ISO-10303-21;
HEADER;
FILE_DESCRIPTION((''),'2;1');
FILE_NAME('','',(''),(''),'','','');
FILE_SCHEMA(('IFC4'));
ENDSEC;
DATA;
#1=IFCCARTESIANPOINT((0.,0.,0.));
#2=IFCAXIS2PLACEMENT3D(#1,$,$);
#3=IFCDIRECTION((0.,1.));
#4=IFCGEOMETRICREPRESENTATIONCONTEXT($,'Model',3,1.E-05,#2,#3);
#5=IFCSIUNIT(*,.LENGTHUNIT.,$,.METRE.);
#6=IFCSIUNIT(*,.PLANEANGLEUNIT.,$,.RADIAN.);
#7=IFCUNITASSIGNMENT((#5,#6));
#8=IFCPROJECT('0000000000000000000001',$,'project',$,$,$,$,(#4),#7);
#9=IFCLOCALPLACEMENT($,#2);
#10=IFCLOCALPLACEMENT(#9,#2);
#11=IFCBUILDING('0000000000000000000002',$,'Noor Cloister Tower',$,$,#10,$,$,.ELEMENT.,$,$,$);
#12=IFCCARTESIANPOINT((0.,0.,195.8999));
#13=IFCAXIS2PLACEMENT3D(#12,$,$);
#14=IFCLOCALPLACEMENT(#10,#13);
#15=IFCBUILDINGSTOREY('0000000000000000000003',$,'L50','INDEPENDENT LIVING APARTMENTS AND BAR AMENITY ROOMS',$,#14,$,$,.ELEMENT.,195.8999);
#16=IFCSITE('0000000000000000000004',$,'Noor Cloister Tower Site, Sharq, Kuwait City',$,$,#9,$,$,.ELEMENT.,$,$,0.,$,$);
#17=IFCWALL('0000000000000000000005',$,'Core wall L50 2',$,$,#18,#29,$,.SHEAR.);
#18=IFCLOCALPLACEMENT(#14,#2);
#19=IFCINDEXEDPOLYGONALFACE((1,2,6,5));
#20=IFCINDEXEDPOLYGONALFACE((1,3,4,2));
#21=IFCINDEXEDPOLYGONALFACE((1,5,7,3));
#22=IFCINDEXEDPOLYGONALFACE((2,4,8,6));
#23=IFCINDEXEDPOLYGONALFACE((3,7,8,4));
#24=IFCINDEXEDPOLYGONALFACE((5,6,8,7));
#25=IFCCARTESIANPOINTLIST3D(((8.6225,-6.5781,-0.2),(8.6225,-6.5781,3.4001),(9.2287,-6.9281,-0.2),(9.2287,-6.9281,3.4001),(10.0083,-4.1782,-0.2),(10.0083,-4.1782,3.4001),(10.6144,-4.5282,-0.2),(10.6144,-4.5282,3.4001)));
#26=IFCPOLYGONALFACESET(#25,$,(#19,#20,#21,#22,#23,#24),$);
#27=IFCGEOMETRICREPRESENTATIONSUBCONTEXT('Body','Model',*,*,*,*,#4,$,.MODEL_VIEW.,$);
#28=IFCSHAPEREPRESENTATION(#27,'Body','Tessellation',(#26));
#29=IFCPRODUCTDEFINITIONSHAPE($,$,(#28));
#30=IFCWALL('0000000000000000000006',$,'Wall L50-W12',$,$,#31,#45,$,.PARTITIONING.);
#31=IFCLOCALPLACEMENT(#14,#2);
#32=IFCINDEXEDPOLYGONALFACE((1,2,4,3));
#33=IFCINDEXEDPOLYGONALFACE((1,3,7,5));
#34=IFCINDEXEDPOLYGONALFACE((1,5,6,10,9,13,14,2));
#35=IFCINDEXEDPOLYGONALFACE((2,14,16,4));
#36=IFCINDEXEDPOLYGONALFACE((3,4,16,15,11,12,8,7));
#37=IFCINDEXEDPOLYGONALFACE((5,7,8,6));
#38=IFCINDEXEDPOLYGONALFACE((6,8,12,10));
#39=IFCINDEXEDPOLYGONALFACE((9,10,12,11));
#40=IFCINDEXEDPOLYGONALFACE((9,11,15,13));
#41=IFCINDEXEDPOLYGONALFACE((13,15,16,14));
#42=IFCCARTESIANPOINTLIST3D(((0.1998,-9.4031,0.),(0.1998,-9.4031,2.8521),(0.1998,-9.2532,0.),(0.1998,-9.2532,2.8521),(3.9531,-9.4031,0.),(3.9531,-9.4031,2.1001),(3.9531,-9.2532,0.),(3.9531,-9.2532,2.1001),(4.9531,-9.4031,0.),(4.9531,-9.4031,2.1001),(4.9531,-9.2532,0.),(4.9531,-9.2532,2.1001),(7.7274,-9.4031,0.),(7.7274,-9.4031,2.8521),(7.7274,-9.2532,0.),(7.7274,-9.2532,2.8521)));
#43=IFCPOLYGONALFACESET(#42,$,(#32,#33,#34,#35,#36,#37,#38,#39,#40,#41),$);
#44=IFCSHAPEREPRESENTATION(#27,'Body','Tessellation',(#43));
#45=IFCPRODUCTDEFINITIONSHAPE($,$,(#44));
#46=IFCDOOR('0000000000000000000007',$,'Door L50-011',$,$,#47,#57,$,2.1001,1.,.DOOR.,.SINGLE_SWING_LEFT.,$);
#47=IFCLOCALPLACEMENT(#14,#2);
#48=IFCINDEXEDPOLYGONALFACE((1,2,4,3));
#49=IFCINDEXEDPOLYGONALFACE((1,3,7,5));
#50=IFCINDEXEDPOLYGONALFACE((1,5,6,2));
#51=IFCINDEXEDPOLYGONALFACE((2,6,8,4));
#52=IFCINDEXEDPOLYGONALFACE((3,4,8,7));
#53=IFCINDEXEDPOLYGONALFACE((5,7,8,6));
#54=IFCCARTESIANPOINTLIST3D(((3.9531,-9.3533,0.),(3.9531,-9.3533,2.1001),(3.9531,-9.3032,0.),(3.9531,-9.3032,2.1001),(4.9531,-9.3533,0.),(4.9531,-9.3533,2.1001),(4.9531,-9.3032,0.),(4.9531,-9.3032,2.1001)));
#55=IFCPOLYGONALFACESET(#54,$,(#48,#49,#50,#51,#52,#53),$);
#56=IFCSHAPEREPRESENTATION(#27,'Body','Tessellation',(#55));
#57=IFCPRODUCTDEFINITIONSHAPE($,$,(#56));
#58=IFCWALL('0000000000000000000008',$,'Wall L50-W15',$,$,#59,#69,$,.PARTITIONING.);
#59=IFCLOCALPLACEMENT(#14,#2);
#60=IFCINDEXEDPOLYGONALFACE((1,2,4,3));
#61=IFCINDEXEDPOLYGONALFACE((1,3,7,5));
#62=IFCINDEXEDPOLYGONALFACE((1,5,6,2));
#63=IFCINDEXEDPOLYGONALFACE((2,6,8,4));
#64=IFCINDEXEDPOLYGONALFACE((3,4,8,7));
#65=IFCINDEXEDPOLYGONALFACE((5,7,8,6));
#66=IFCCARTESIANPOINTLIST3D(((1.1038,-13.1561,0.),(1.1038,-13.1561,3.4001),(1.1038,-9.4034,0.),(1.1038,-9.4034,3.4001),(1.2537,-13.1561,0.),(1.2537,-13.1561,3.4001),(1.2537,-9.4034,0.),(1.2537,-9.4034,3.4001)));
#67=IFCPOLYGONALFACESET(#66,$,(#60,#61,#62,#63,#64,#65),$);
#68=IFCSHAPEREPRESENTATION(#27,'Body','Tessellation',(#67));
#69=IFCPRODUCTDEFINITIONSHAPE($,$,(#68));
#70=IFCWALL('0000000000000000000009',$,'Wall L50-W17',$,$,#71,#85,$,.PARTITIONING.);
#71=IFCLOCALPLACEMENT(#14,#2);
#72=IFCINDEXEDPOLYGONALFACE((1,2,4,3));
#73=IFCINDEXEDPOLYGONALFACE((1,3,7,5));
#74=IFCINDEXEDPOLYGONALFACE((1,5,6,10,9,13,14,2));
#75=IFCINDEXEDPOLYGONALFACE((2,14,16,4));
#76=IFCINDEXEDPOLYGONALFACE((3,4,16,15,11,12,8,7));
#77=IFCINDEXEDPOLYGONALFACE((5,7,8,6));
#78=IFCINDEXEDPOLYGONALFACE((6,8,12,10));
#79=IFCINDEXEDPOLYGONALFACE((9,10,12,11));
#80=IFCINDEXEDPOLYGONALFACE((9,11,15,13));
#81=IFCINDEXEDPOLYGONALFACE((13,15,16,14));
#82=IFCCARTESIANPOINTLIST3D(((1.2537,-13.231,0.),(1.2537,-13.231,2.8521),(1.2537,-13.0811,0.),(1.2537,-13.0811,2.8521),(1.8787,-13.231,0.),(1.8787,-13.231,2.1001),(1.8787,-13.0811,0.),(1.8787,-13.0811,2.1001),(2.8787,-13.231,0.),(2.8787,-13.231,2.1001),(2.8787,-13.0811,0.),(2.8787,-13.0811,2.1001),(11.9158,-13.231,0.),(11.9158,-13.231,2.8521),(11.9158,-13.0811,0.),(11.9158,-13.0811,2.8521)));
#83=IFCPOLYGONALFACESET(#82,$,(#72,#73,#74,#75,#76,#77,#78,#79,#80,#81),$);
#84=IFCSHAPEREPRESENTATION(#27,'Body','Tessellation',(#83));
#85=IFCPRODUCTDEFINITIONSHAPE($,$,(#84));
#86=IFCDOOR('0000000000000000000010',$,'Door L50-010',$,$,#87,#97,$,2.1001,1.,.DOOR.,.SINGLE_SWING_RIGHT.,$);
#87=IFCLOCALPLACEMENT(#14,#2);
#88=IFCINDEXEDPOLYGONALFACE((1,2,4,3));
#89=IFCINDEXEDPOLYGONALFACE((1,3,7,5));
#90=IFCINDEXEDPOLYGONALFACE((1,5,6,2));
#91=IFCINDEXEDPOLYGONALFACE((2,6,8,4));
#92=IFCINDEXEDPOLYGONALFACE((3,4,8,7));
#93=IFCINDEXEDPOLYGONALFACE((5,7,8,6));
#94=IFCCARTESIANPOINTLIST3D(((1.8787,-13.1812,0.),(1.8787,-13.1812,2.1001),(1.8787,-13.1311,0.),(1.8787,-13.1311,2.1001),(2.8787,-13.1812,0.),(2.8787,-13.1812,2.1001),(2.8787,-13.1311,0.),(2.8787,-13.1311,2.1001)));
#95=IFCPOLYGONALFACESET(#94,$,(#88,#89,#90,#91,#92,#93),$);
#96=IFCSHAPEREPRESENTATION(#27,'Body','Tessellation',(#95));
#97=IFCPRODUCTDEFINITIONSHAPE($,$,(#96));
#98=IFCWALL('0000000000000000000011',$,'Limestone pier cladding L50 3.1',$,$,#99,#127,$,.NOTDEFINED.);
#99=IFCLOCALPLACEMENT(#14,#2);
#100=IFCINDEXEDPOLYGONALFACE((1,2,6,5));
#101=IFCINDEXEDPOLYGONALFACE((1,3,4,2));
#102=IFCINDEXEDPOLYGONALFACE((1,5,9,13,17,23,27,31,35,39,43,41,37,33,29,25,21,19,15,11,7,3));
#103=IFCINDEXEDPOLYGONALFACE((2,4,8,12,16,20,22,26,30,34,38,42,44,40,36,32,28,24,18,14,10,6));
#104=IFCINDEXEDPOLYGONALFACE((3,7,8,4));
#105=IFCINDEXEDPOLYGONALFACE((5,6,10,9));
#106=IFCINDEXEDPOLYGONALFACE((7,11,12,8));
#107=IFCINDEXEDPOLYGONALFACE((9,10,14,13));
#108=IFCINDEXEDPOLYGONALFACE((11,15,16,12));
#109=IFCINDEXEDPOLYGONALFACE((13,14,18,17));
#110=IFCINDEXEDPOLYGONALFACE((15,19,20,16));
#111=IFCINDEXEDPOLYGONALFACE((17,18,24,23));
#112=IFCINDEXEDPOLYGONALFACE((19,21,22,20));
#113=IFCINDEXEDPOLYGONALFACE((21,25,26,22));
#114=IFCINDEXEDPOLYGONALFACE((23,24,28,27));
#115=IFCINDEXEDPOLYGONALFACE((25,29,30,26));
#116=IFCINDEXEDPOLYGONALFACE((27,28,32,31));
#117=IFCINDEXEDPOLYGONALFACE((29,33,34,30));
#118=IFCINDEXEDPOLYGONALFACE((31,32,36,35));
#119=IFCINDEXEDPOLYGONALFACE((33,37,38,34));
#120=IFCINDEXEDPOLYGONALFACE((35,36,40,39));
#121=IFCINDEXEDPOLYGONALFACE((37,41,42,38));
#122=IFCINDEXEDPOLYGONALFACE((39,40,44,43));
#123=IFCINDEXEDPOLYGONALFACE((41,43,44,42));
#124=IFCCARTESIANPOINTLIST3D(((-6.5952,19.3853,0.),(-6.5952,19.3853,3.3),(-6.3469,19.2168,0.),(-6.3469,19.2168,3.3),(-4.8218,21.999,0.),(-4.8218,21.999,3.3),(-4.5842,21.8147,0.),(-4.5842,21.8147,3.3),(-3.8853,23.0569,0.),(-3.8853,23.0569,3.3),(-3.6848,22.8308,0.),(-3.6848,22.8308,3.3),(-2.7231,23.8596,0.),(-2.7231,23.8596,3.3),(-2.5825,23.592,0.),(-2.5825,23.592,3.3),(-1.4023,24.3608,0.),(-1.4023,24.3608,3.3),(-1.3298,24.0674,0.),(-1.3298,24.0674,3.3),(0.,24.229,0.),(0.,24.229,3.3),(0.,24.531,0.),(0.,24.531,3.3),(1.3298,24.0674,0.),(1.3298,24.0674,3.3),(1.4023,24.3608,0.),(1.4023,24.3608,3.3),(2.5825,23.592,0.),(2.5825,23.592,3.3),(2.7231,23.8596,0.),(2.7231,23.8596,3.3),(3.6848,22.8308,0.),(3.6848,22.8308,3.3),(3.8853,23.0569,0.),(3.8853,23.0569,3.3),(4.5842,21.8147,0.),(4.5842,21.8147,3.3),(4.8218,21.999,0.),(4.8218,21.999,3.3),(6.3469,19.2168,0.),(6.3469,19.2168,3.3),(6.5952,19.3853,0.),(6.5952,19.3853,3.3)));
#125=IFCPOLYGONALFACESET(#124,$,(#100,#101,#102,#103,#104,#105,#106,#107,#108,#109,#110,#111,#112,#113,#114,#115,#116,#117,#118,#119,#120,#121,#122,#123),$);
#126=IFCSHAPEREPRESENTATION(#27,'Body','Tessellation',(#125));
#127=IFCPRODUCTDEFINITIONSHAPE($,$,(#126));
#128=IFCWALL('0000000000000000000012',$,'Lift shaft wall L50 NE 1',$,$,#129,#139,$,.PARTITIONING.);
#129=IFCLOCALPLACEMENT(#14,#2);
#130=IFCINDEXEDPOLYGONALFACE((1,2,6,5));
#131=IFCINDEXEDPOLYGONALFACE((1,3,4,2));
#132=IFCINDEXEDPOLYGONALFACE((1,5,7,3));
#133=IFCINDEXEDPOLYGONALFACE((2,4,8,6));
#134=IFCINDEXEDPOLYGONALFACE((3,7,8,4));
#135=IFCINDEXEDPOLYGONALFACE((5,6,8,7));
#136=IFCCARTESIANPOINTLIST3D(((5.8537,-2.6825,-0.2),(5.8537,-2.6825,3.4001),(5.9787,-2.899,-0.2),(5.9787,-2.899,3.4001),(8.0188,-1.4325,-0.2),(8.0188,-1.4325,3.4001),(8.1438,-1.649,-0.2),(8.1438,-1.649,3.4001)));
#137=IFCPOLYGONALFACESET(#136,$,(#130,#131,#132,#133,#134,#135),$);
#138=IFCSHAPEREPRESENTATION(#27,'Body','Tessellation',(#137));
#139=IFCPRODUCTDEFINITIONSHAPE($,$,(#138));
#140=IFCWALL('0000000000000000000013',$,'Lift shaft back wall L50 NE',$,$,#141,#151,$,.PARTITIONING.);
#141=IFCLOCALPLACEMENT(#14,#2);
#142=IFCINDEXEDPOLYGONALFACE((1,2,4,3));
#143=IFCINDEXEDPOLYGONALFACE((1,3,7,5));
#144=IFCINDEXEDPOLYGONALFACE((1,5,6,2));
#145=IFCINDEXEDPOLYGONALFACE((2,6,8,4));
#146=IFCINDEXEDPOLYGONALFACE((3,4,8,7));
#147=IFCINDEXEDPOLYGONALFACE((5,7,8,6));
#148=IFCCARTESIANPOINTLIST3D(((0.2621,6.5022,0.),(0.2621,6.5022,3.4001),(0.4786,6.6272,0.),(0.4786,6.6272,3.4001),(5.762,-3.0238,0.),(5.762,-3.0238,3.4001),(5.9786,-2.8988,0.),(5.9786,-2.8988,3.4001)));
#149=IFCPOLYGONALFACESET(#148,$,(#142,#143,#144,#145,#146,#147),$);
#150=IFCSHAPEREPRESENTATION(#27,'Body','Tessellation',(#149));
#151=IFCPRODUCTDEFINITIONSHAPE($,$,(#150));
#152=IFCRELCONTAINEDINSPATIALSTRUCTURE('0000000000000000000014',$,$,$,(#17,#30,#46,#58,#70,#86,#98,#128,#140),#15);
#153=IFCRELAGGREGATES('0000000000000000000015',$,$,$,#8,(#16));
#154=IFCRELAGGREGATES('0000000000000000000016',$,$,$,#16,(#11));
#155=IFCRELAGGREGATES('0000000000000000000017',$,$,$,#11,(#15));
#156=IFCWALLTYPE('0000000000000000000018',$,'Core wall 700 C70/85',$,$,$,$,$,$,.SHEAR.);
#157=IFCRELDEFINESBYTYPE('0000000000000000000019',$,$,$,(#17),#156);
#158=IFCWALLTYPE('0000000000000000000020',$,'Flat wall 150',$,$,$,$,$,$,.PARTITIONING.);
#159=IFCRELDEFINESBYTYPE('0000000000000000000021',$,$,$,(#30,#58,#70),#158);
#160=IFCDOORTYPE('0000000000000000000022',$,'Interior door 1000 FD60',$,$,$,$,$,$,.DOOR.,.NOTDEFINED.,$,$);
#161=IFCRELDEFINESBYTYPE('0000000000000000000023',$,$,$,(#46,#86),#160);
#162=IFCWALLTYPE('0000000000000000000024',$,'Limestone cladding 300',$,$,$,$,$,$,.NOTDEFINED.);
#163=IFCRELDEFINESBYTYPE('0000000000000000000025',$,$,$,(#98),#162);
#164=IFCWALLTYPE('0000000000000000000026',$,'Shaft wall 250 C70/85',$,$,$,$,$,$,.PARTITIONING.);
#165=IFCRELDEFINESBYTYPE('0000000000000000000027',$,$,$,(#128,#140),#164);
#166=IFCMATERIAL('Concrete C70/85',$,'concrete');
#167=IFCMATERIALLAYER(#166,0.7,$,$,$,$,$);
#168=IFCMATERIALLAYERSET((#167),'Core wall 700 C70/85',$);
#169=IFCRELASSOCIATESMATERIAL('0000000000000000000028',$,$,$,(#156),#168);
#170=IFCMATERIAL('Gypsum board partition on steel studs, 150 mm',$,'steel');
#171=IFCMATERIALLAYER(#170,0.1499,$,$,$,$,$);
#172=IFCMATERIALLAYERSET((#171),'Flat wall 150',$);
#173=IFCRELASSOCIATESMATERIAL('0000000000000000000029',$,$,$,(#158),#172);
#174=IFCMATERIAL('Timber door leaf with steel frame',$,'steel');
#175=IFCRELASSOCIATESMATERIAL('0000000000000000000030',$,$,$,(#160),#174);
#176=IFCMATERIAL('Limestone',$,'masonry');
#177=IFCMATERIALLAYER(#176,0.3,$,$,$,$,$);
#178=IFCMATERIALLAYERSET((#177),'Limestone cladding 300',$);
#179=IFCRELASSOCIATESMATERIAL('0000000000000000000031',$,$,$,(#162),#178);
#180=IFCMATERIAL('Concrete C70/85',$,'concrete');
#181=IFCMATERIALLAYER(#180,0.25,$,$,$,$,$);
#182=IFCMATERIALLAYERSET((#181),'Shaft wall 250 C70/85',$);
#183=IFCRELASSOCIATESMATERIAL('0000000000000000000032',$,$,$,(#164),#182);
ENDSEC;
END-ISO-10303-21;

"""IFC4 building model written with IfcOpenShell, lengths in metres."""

from ifc_helpers import new_model, si_unit, direction, frame, frame_2d, origin, place, context, subcontext, project, spatial, polyline, rectangle, outline, extrude, material, layer, layer_set, type_object, element, fill, save


model = new_model("IFC4")

# Units and contexts
model_context = context("Model", 3, precision=1e-05, world=origin(), true_north=direction((0.0, 1.0)))
body_context = subcontext(model_context, "Body", "Model", "MODEL_VIEW")
ifc_project = project(units=[si_unit("LENGTHUNIT", "METRE"), si_unit("PLANEANGLEUNIT", "RADIAN")], contexts=[model_context])

# Site, building, storey
site_placement = place(None, origin())
site = spatial("IfcSite", under=ifc_project, at=site_placement, Name="Noor Cloister Tower Site, Sharq, Kuwait City", CompositionType="ELEMENT", RefElevation=0.0)
building_placement = place(site_placement, origin())
building = spatial("IfcBuilding", under=site, at=building_placement, Name="Noor Cloister Tower", CompositionType="ELEMENT")
storey_placement = place(building_placement, frame((0.0, 0.0, 195.8999)))
storey = spatial("IfcBuildingStorey", under=building, at=storey_placement, Name="L50", Description="INDEPENDENT LIVING APARTMENTS AND BAR AMENITY ROOMS", CompositionType="ELEMENT", Elevation=195.8999)

# Wall
ifc_material_1 = material(Name="Concrete C70/85", Category="concrete")
ifc_layer_1 = layer(ifc_material_1, 0.7)
ifc_layer_set_1 = layer_set([ifc_layer_1], Name="Core wall 700 C70/85")
wall_type_1 = type_object("IfcWallType", Name="Core wall 700 C70/85", PredefinedType="SHEAR", material=ifc_layer_set_1)
wall_1_placement = place(storey_placement, frame((8.9255, -6.7532, -0.2), z_axis=(0.0, 0.0, 1.0), x_axis=(0.500043, 0.866001, 0.0)))
element("IfcWall", 1, at=wall_1_placement, inside=storey, type_object=wall_type_1, Name="Core wall L50 2", PredefinedType="SHEAR", context=body_context, shape_type="SweptSolid", body=[
    extrude(rectangle(XDim=2.7712, YDim=0.7, at=frame_2d((1.3857, 0.0))), origin(), (0.0, 0.0, 1.0), 3.6001),
])

# Wall, opening, door
ifc_material_2 = material(Name="Gypsum board partition on steel studs, 150 mm", Category="steel")
ifc_layer_2 = layer(ifc_material_2, 0.1499)
ifc_layer_set_2 = layer_set([ifc_layer_2], Name="Flat wall 150")
wall_type_2 = type_object("IfcWallType", Name="Flat wall 150", PredefinedType="PARTITIONING", material=ifc_layer_set_2)
wall_2_placement = place(storey_placement, frame((0.2, -9.3281, 0.0), z_axis=(0.0, 0.0, 1.0), x_axis=(1.0, 0.0, 0.0)))
wall_2 = element("IfcWall", 2, at=wall_2_placement, inside=storey, type_object=wall_type_2, Name="Wall L50-W12", PredefinedType="PARTITIONING", context=body_context, shape_type="SweptSolid", body=[
    extrude(rectangle(XDim=7.5276, YDim=0.1499, at=frame_2d((3.7637, 0.0))), origin(), (0.0, 0.0, 1.0), 2.8521),
])
opening_1_placement = place(wall_2_placement, frame((3.7532, 0.0, 0.0)))
opening_1 = element("IfcOpeningElement", 3, at=opening_1_placement, cuts=wall_2, PredefinedType="OPENING", context=body_context, shape_type="SweptSolid", body=[
    extrude(rectangle(XDim=1.0, YDim=2.1001, at=frame_2d((0.5, 1.05))), frame((0.0, 0.085, 0.0), z_axis=(0.0, -1.0, 0.0), x_axis=(1.0, 0.0, 0.0)), (0.0, 0.0, 1.0), 0.1699),
])
ifc_material_3 = material(Name="Timber door leaf with steel frame", Category="steel")
door_type_1 = type_object("IfcDoorType", Name="Interior door 1000 FD60", OperationType="NOTDEFINED", PredefinedType="DOOR", material=ifc_material_3)
door_1_placement = place(opening_1_placement, origin())
door_1 = element("IfcDoor", 4, at=door_1_placement, inside=storey, type_object=door_type_1, Name="Door L50-011", OperationType="SINGLE_SWING_LEFT", OverallHeight=2.1001, OverallWidth=1.0, PredefinedType="DOOR", context=body_context, shape_type="SweptSolid", body=[
    extrude(rectangle(XDim=1.0, YDim=2.1001, at=frame_2d((0.5, 1.05))), frame((0.0, 0.0249, 0.0), z_axis=(0.0, -1.0, 0.0), x_axis=(1.0, 0.0, 0.0)), (0.0, 0.0, 1.0), 0.05),
])
fill(opening_1, door_1)

# Wall
wall_3_placement = place(storey_placement, frame((1.1787, -9.4033, 0.0), z_axis=(0.0, 0.0, 1.0), x_axis=(0.0, -1.0, 0.0)))
element("IfcWall", 5, at=wall_3_placement, inside=storey, type_object=wall_type_2, Name="Wall L50-W15", PredefinedType="PARTITIONING", context=body_context, shape_type="SweptSolid", body=[
    extrude(rectangle(XDim=3.7527, YDim=0.1499, at=frame_2d((1.8765, 0.0))), origin(), (0.0, 0.0, 1.0), 3.4001),
])

# Wall, opening, door
wall_4_placement = place(storey_placement, frame((1.2537, -13.156, 0.0), z_axis=(0.0, 0.0, 1.0), x_axis=(1.0, 0.0, 0.0)))
wall_4 = element("IfcWall", 6, at=wall_4_placement, inside=storey, type_object=wall_type_2, Name="Wall L50-W17", PredefinedType="PARTITIONING", context=body_context, shape_type="SweptSolid", body=[
    extrude(rectangle(XDim=10.6621, YDim=0.1499, at=frame_2d((5.3311, 0.0))), origin(), (0.0, 0.0, 1.0), 2.8521),
])
opening_2_placement = place(wall_4_placement, frame((0.625, 0.0, 0.0)))
opening_2 = element("IfcOpeningElement", 7, at=opening_2_placement, cuts=wall_4, PredefinedType="OPENING", context=body_context, shape_type="SweptSolid", body=[
    extrude(rectangle(XDim=1.0, YDim=2.1001, at=frame_2d((0.5, 1.05))), frame((0.0, 0.085, 0.0), z_axis=(0.0, -1.0, 0.0), x_axis=(1.0, 0.0, 0.0)), (0.0, 0.0, 1.0), 0.1699),
])
door_2_placement = place(opening_2_placement, origin())
door_2 = element("IfcDoor", 8, at=door_2_placement, inside=storey, type_object=door_type_1, Name="Door L50-010", OperationType="SINGLE_SWING_RIGHT", OverallHeight=2.1001, OverallWidth=1.0, PredefinedType="DOOR", context=body_context, shape_type="SweptSolid", body=[
    extrude(rectangle(XDim=1.0, YDim=2.1001, at=frame_2d((0.5, 1.05))), frame((0.0, 0.0249, 0.0), z_axis=(0.0, -1.0, 0.0), x_axis=(1.0, 0.0, 0.0)), (0.0, 0.0, 1.0), 0.05),
])
fill(opening_2, door_2)

# Walls
ifc_material_4 = material(Name="Limestone", Category="masonry")
ifc_layer_3 = layer(ifc_material_4, 0.3)
ifc_layer_set_3 = layer_set([ifc_layer_3], Name="Limestone cladding 300")
wall_type_3 = type_object("IfcWallType", Name="Limestone cladding 300", PredefinedType="NOTDEFINED", material=ifc_layer_set_3)
wall_5_placement = place(storey_placement, origin())
element("IfcWall", 9, at=wall_5_placement, inside=storey, type_object=wall_type_3, Name="Limestone pier cladding L50 3.1", PredefinedType="NOTDEFINED", context=body_context, shape_type="SweptSolid", body=[
    extrude(outline(polyline([(6.5952, 19.3853), (4.8218, 21.999), (3.8853, 23.0569), (2.7231, 23.8596), (1.4023, 24.3608), (0.0, 24.531), (-1.4023, 24.3608), (-2.7231, 23.8596), (-3.8853, 23.0569), (-4.8218, 21.999), (-6.5952, 19.3853), (-6.3469, 19.2168), (-4.5842, 21.8147), (-3.6848, 22.8308), (-2.5825, 23.592), (-1.3298, 24.0674), (0.0, 24.229), (1.3298, 24.0674), (2.5825, 23.592), (3.6848, 22.8308), (4.5842, 21.8147), (6.3469, 19.2168), (6.5952, 19.3853)])), origin(), (0.0, 0.0, 1.0), 3.3),
])
ifc_material_5 = material(Name="Concrete C70/85", Category="concrete")
ifc_layer_4 = layer(ifc_material_5, 0.25)
ifc_layer_set_4 = layer_set([ifc_layer_4], Name="Shaft wall 250 C70/85")
wall_type_4 = type_object("IfcWallType", Name="Shaft wall 250 C70/85", PredefinedType="PARTITIONING", material=ifc_layer_set_4)
wall_6_placement = place(storey_placement, frame((8.0813, -1.5408, -0.2), z_axis=(0.0, 0.0, 1.0), x_axis=(-0.866023, -0.500004, 0.0)))
element("IfcWall", 10, at=wall_6_placement, inside=storey, type_object=wall_type_4, Name="Lift shaft wall L50 NE 1", PredefinedType="PARTITIONING", context=body_context, shape_type="SweptSolid", body=[
    extrude(rectangle(XDim=2.5, YDim=0.25, at=frame_2d((1.25, 0.0))), origin(), (0.0, 0.0, 1.0), 3.6001),
])
wall_7_placement = place(storey_placement, frame((5.8704, -2.9614, 0.0), z_axis=(0.0, 0.0, 1.0), x_axis=(-0.500006, 0.866022, 0.0)))
element("IfcWall", 11, at=wall_7_placement, inside=storey, type_object=wall_type_4, Name="Lift shaft back wall L50 NE", PredefinedType="PARTITIONING", context=body_context, shape_type="SweptSolid", body=[
    extrude(rectangle(XDim=10.9998, YDim=0.25, at=frame_2d((5.5, 0.0))), origin(), (0.0, 0.0, 1.0), 3.4001),
])

save(model, "model.ifc")
